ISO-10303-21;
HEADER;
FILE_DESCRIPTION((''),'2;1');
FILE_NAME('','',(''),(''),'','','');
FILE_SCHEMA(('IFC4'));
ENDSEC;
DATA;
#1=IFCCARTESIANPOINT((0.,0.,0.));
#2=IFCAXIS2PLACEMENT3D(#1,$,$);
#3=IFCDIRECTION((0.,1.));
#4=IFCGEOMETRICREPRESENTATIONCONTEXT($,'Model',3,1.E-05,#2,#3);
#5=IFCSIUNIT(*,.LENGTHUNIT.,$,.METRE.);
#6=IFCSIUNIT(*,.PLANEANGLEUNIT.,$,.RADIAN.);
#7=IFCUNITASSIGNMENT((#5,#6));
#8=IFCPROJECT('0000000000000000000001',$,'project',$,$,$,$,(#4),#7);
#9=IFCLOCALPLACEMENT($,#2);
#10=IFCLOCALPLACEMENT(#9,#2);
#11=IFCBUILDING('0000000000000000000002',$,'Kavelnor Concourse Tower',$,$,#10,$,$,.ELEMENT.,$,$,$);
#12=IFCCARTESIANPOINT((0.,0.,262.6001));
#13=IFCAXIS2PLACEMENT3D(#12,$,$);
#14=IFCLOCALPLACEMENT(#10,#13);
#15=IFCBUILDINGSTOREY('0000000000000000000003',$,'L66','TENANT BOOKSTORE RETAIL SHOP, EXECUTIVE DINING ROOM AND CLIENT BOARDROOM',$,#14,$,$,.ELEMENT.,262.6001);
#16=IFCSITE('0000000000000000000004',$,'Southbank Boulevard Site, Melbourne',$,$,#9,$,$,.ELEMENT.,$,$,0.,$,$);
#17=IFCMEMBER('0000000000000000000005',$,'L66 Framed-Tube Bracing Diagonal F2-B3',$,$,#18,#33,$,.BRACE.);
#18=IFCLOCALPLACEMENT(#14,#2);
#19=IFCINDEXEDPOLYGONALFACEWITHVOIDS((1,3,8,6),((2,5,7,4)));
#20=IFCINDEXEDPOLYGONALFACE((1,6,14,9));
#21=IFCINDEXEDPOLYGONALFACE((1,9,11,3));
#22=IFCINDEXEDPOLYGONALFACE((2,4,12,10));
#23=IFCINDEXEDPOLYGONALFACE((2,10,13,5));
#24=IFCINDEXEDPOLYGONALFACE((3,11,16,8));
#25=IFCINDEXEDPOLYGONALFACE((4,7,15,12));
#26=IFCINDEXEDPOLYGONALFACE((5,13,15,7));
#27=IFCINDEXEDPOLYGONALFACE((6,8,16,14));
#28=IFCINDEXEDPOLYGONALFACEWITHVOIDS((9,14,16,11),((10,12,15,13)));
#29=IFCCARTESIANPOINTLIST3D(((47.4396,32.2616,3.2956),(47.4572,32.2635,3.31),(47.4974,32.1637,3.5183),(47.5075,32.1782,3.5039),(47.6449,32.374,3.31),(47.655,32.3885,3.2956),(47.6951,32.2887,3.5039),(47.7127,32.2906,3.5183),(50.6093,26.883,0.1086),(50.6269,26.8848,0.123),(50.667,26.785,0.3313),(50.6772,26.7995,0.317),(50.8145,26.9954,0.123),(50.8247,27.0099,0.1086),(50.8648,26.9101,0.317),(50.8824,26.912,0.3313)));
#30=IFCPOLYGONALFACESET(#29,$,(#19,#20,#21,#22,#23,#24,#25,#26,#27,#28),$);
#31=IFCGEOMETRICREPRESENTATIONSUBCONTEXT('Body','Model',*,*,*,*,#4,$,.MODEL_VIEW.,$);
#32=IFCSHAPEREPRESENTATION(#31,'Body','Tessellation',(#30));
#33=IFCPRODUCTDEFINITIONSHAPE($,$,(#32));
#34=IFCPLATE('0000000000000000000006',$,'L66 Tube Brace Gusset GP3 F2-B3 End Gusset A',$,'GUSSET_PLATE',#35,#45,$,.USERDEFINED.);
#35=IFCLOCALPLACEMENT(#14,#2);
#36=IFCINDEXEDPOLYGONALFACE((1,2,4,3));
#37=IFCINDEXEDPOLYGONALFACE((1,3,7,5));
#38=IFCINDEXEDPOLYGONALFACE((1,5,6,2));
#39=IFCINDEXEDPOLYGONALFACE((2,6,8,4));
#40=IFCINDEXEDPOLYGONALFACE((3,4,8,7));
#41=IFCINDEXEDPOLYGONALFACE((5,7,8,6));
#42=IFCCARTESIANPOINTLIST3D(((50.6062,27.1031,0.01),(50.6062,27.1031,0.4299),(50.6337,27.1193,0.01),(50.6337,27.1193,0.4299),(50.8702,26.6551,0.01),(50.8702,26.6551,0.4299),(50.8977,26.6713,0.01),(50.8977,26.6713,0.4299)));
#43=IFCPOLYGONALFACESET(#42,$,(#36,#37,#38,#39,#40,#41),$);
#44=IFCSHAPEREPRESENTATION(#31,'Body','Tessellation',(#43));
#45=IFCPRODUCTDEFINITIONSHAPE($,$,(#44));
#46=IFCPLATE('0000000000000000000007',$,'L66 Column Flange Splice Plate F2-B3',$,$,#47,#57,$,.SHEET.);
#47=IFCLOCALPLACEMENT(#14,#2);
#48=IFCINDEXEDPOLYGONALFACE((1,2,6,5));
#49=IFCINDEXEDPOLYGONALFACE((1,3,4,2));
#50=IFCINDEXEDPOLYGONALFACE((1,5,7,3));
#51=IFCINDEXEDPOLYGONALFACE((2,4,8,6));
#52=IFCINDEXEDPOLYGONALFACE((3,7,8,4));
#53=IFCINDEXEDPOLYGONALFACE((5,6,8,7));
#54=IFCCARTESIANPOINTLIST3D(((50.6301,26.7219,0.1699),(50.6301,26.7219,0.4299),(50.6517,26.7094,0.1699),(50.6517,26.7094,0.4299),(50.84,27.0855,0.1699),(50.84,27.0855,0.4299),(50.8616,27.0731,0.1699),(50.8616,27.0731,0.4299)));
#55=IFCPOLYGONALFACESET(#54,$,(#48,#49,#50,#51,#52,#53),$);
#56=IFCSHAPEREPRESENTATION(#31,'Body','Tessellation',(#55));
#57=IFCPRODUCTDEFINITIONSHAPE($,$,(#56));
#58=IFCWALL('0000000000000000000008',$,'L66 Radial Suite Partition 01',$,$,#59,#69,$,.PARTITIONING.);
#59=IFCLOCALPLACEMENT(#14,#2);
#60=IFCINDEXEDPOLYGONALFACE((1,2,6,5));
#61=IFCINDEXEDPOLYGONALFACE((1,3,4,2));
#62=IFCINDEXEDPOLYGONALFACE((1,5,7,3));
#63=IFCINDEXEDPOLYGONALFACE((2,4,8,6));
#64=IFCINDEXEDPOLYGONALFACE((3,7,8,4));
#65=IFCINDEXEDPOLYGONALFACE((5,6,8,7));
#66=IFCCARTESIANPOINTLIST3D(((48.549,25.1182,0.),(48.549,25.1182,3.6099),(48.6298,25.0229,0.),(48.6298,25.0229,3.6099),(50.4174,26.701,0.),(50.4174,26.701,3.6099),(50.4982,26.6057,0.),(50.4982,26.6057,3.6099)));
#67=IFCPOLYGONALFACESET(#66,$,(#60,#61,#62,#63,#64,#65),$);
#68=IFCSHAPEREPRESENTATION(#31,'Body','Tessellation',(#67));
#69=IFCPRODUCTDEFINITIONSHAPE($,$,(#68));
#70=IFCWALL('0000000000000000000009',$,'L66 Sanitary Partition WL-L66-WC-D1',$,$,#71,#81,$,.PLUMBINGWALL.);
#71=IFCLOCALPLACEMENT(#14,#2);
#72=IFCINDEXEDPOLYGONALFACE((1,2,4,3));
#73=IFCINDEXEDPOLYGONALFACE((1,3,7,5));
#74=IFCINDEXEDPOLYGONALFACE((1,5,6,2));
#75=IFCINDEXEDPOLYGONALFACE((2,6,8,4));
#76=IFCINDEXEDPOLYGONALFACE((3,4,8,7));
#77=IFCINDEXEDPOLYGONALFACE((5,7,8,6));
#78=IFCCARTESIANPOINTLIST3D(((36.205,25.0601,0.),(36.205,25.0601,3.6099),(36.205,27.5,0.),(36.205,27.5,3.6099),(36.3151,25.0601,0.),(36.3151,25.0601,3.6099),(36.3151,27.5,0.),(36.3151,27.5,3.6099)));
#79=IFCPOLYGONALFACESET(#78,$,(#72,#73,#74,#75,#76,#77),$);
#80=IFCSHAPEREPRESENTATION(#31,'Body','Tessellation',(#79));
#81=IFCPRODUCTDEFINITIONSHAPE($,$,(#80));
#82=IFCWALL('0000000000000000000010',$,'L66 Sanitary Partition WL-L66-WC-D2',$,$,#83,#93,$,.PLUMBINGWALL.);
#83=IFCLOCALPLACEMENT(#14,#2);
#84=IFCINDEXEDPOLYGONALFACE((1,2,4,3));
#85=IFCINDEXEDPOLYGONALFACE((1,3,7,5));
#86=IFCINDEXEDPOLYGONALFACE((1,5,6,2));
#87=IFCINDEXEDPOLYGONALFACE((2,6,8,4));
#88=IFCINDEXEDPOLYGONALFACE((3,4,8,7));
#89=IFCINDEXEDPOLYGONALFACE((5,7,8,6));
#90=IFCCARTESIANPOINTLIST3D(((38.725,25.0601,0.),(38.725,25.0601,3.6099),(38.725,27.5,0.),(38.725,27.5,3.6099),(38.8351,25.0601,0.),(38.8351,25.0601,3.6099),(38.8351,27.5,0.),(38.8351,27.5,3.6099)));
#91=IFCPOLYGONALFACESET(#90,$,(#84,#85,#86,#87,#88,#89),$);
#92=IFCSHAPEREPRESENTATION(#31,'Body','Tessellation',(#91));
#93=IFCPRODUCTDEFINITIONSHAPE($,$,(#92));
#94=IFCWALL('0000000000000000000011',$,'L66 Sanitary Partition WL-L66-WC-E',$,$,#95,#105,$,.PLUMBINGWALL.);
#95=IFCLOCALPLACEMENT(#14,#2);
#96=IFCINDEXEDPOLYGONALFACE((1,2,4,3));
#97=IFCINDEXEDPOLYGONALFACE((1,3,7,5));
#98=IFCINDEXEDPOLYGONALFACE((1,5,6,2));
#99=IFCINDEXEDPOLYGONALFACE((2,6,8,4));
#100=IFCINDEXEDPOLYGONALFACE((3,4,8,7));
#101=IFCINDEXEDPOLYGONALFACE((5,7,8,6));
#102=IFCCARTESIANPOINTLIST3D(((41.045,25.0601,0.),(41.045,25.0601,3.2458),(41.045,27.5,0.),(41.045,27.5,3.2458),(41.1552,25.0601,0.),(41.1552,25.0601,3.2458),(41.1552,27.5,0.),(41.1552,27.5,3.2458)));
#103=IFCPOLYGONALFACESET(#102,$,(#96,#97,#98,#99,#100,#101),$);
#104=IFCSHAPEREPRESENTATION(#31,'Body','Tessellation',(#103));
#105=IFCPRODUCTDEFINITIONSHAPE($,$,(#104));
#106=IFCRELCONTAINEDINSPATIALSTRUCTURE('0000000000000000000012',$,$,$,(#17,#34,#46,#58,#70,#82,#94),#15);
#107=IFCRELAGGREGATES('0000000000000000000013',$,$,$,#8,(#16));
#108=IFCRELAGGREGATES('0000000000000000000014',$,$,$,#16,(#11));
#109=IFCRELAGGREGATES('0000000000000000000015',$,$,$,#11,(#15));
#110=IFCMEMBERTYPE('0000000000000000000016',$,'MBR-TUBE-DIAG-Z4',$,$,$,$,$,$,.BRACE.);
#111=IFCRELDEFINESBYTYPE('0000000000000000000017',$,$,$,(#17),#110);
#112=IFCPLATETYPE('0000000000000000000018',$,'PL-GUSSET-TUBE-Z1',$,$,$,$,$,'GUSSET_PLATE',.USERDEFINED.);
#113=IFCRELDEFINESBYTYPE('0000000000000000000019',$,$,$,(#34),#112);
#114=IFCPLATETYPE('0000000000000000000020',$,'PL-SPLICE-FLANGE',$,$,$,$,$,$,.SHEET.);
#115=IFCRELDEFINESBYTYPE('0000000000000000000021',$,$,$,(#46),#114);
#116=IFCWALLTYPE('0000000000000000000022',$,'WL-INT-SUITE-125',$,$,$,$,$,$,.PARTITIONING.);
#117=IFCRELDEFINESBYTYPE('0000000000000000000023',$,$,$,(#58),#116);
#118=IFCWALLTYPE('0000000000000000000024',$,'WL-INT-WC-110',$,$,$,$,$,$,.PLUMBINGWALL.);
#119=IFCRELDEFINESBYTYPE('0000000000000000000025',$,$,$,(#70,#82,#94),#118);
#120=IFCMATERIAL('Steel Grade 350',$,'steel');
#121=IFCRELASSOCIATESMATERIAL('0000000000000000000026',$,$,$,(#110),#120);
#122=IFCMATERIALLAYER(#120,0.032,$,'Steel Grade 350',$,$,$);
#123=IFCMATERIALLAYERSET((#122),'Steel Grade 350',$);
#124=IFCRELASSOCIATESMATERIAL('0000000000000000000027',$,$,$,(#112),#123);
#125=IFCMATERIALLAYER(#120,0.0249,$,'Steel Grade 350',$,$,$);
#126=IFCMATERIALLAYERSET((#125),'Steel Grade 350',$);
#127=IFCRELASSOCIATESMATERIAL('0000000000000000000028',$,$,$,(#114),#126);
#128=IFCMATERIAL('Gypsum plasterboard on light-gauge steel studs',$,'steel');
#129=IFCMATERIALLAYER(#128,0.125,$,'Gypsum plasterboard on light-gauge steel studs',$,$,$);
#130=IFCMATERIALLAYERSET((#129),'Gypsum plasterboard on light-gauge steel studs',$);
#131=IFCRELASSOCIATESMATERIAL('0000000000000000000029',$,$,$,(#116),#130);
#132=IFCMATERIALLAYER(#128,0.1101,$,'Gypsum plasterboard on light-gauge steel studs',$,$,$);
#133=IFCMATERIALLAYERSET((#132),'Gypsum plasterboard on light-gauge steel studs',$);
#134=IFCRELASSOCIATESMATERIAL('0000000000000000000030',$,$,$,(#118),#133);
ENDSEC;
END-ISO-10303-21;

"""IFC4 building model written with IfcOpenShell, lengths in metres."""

from ifc_helpers import new_model, si_unit, direction, frame, frame_2d, origin, origin_2d, place, context, subcontext, project, spatial, rectangle, hollow_rectangle, extrude, material, layer, layer_set, material_profile, profile_set, type_object, element, save


model = new_model("IFC4")

# Units and contexts
model_context = context("Model", 3, precision=1e-05, world=origin(), true_north=direction((0.0, 1.0)))
body_context = subcontext(model_context, "Body", "Model", "MODEL_VIEW")
ifc_project = project(units=[si_unit("LENGTHUNIT", "METRE"), si_unit("PLANEANGLEUNIT", "RADIAN")], contexts=[model_context])

# Site, building, storey
site_placement = place(None, origin())
site = spatial("IfcSite", under=ifc_project, at=site_placement, Name="Southbank Boulevard Site, Melbourne", CompositionType="ELEMENT", RefElevation=0.0)
building_placement = place(site_placement, origin())
building = spatial("IfcBuilding", under=site, at=building_placement, Name="Kavelnor Concourse Tower", CompositionType="ELEMENT")
storey_placement = place(building_placement, frame((0.0, 0.0, 262.6001)))
storey = spatial("IfcBuildingStorey", under=building, at=storey_placement, Name="L66", Description="TENANT BOOKSTORE RETAIL SHOP, EXECUTIVE DINING ROOM AND CLIENT BOARDROOM", CompositionType="ELEMENT", Elevation=262.6001)

# Shared definitions
ifc_material_1 = material(Name="Steel Grade 350", Category="steel")

# Member
ifc_material_profile_1 = material_profile(ifc_material_1, hollow_rectangle(XDim=0.25, YDim=0.25, WallThickness=0.0161, at=origin_2d()), Name="SHS 250x250x16")
ifc_profile_set_1 = profile_set([ifc_material_profile_1], Name="Steel Grade 350")
member_type = type_object("IfcMemberType", Name="MBR-TUBE-DIAG-Z4", PredefinedType="BRACE", material=ifc_profile_set_1)
member_placement = place(storey_placement, frame((50.7458, 26.8975, 0.22), z_axis=(-0.452194, 0.767333, 0.454667), x_axis=(-0.861531, -0.507705, 0.0)))
element("IfcMember", 1, at=member_placement, inside=storey, type_object=member_type, Name="L66 Framed-Tube Bracing Diagonal F2-B3", PredefinedType="BRACE", context=body_context, shape_type="SweptSolid", body=[
    extrude(hollow_rectangle(XDim=0.25, YDim=0.25, WallThickness=0.0161, at=origin_2d()), origin(), (0.0, 0.0, 1.0), 7.0095),
])

# Plates
ifc_layer_1 = layer(ifc_material_1, 0.032, Name="Steel Grade 350")
ifc_layer_set_1 = layer_set([ifc_layer_1], Name="Steel Grade 350")
plate_type_1 = type_object("IfcPlateType", Name="PL-GUSSET-TUBE-Z1", ElementType="GUSSET_PLATE", PredefinedType="USERDEFINED", material=ifc_layer_set_1)
plate_1_placement = place(storey_placement, frame((50.752, 26.8872, 0.01), z_axis=(0.0, 0.0, 1.0), x_axis=(-0.507689, 0.861541, 0.0)))
element("IfcPlate", 2, at=plate_1_placement, inside=storey, type_object=plate_type_1, Name="L66 Tube Brace Gusset GP3 F2-B3 End Gusset A", ObjectType="GUSSET_PLATE", PredefinedType="USERDEFINED", context=body_context, shape_type="SweptSolid", body=[
    extrude(rectangle(XDim=0.52, YDim=0.032, at=origin_2d()), origin(), (0.0, 0.0, 1.0), 0.4199),
])
ifc_layer_2 = layer(ifc_material_1, 0.0249, Name="Steel Grade 350")
ifc_layer_set_2 = layer_set([ifc_layer_2], Name="Steel Grade 350")
plate_type_2 = type_object("IfcPlateType", Name="PL-SPLICE-FLANGE", PredefinedType="SHEET", material=ifc_layer_set_2)
plate_2_placement = place(storey_placement, frame((50.7458, 26.8975, 0.1699), z_axis=(0.0, 0.0, 1.0), x_axis=(-0.5, -0.866025, 0.0)))
element("IfcPlate", 3, at=plate_2_placement, inside=storey, type_object=plate_type_2, Name="L66 Column Flange Splice Plate F2-B3", PredefinedType="SHEET", context=body_context, shape_type="SweptSolid", body=[
    extrude(rectangle(XDim=0.4199, YDim=0.0249, at=origin_2d()), origin(), (0.0, 0.0, 1.0), 0.26),
])

# Walls
ifc_material_2 = material(Name="Gypsum plasterboard on light-gauge steel studs", Category="steel")
ifc_layer_3 = layer(ifc_material_2, 0.125, Name="Gypsum plasterboard on light-gauge steel studs")
ifc_layer_set_3 = layer_set([ifc_layer_3], Name="Gypsum plasterboard on light-gauge steel studs")
wall_type_1 = type_object("IfcWallType", Name="WL-INT-SUITE-125", PredefinedType="PARTITIONING", material=ifc_layer_set_3)
wall_1_placement = place(storey_placement, frame((48.5894, 25.0706, 0.0), z_axis=(0.0, 0.0, 1.0), x_axis=(0.763023, 0.646371, 0.0)))
element("IfcWall", 4, at=wall_1_placement, inside=storey, type_object=wall_type_1, Name="L66 Radial Suite Partition 01", PredefinedType="PARTITIONING", context=body_context, shape_type="SweptSolid", body=[
    extrude(rectangle(XDim=2.4487, YDim=0.125, at=frame_2d((1.2244, 0.0))), origin(), (0.0, 0.0, 1.0), 3.6099),
])
ifc_layer_4 = layer(ifc_material_2, 0.1101, Name="Gypsum plasterboard on light-gauge steel studs")
ifc_layer_set_4 = layer_set([ifc_layer_4], Name="Gypsum plasterboard on light-gauge steel studs")
wall_type_2 = type_object("IfcWallType", Name="WL-INT-WC-110", PredefinedType="PLUMBINGWALL", material=ifc_layer_set_4)
for number, where, z_axis, x_axis, name in (
    (5, (36.26, 25.0601, 0.0), (0.0, 0.0, 1.0), (0.0, 1.0, 0.0), "L66 Sanitary Partition WL-L66-WC-D1"),
    (6, (38.78, 25.0601, 0.0), (0.0, 0.0, 1.0), (0.0, 1.0, 0.0), "L66 Sanitary Partition WL-L66-WC-D2"),
):
    element("IfcWall", number, at=place(storey_placement, frame(where, z_axis=z_axis, x_axis=x_axis)), inside=storey, type_object=wall_type_2, Name=name, PredefinedType="PLUMBINGWALL", context=body_context, shape_type="SweptSolid", body=[
        extrude(rectangle(XDim=2.4399, YDim=0.1101, at=frame_2d((1.22, 0.0))), origin(), (0.0, 0.0, 1.0), 3.6099),
    ])
wall_2_placement = place(storey_placement, frame((41.1001, 25.0601, 0.0), z_axis=(0.0, 0.0, 1.0), x_axis=(0.0, 1.0, 0.0)))
element("IfcWall", 7, at=wall_2_placement, inside=storey, type_object=wall_type_2, Name="L66 Sanitary Partition WL-L66-WC-E", PredefinedType="PLUMBINGWALL", context=body_context, shape_type="SweptSolid", body=[
    extrude(rectangle(XDim=2.4399, YDim=0.1101, at=frame_2d((1.22, 0.0))), origin(), (0.0, 0.0, 1.0), 3.2458),
])

save(model, "model.ifc")
